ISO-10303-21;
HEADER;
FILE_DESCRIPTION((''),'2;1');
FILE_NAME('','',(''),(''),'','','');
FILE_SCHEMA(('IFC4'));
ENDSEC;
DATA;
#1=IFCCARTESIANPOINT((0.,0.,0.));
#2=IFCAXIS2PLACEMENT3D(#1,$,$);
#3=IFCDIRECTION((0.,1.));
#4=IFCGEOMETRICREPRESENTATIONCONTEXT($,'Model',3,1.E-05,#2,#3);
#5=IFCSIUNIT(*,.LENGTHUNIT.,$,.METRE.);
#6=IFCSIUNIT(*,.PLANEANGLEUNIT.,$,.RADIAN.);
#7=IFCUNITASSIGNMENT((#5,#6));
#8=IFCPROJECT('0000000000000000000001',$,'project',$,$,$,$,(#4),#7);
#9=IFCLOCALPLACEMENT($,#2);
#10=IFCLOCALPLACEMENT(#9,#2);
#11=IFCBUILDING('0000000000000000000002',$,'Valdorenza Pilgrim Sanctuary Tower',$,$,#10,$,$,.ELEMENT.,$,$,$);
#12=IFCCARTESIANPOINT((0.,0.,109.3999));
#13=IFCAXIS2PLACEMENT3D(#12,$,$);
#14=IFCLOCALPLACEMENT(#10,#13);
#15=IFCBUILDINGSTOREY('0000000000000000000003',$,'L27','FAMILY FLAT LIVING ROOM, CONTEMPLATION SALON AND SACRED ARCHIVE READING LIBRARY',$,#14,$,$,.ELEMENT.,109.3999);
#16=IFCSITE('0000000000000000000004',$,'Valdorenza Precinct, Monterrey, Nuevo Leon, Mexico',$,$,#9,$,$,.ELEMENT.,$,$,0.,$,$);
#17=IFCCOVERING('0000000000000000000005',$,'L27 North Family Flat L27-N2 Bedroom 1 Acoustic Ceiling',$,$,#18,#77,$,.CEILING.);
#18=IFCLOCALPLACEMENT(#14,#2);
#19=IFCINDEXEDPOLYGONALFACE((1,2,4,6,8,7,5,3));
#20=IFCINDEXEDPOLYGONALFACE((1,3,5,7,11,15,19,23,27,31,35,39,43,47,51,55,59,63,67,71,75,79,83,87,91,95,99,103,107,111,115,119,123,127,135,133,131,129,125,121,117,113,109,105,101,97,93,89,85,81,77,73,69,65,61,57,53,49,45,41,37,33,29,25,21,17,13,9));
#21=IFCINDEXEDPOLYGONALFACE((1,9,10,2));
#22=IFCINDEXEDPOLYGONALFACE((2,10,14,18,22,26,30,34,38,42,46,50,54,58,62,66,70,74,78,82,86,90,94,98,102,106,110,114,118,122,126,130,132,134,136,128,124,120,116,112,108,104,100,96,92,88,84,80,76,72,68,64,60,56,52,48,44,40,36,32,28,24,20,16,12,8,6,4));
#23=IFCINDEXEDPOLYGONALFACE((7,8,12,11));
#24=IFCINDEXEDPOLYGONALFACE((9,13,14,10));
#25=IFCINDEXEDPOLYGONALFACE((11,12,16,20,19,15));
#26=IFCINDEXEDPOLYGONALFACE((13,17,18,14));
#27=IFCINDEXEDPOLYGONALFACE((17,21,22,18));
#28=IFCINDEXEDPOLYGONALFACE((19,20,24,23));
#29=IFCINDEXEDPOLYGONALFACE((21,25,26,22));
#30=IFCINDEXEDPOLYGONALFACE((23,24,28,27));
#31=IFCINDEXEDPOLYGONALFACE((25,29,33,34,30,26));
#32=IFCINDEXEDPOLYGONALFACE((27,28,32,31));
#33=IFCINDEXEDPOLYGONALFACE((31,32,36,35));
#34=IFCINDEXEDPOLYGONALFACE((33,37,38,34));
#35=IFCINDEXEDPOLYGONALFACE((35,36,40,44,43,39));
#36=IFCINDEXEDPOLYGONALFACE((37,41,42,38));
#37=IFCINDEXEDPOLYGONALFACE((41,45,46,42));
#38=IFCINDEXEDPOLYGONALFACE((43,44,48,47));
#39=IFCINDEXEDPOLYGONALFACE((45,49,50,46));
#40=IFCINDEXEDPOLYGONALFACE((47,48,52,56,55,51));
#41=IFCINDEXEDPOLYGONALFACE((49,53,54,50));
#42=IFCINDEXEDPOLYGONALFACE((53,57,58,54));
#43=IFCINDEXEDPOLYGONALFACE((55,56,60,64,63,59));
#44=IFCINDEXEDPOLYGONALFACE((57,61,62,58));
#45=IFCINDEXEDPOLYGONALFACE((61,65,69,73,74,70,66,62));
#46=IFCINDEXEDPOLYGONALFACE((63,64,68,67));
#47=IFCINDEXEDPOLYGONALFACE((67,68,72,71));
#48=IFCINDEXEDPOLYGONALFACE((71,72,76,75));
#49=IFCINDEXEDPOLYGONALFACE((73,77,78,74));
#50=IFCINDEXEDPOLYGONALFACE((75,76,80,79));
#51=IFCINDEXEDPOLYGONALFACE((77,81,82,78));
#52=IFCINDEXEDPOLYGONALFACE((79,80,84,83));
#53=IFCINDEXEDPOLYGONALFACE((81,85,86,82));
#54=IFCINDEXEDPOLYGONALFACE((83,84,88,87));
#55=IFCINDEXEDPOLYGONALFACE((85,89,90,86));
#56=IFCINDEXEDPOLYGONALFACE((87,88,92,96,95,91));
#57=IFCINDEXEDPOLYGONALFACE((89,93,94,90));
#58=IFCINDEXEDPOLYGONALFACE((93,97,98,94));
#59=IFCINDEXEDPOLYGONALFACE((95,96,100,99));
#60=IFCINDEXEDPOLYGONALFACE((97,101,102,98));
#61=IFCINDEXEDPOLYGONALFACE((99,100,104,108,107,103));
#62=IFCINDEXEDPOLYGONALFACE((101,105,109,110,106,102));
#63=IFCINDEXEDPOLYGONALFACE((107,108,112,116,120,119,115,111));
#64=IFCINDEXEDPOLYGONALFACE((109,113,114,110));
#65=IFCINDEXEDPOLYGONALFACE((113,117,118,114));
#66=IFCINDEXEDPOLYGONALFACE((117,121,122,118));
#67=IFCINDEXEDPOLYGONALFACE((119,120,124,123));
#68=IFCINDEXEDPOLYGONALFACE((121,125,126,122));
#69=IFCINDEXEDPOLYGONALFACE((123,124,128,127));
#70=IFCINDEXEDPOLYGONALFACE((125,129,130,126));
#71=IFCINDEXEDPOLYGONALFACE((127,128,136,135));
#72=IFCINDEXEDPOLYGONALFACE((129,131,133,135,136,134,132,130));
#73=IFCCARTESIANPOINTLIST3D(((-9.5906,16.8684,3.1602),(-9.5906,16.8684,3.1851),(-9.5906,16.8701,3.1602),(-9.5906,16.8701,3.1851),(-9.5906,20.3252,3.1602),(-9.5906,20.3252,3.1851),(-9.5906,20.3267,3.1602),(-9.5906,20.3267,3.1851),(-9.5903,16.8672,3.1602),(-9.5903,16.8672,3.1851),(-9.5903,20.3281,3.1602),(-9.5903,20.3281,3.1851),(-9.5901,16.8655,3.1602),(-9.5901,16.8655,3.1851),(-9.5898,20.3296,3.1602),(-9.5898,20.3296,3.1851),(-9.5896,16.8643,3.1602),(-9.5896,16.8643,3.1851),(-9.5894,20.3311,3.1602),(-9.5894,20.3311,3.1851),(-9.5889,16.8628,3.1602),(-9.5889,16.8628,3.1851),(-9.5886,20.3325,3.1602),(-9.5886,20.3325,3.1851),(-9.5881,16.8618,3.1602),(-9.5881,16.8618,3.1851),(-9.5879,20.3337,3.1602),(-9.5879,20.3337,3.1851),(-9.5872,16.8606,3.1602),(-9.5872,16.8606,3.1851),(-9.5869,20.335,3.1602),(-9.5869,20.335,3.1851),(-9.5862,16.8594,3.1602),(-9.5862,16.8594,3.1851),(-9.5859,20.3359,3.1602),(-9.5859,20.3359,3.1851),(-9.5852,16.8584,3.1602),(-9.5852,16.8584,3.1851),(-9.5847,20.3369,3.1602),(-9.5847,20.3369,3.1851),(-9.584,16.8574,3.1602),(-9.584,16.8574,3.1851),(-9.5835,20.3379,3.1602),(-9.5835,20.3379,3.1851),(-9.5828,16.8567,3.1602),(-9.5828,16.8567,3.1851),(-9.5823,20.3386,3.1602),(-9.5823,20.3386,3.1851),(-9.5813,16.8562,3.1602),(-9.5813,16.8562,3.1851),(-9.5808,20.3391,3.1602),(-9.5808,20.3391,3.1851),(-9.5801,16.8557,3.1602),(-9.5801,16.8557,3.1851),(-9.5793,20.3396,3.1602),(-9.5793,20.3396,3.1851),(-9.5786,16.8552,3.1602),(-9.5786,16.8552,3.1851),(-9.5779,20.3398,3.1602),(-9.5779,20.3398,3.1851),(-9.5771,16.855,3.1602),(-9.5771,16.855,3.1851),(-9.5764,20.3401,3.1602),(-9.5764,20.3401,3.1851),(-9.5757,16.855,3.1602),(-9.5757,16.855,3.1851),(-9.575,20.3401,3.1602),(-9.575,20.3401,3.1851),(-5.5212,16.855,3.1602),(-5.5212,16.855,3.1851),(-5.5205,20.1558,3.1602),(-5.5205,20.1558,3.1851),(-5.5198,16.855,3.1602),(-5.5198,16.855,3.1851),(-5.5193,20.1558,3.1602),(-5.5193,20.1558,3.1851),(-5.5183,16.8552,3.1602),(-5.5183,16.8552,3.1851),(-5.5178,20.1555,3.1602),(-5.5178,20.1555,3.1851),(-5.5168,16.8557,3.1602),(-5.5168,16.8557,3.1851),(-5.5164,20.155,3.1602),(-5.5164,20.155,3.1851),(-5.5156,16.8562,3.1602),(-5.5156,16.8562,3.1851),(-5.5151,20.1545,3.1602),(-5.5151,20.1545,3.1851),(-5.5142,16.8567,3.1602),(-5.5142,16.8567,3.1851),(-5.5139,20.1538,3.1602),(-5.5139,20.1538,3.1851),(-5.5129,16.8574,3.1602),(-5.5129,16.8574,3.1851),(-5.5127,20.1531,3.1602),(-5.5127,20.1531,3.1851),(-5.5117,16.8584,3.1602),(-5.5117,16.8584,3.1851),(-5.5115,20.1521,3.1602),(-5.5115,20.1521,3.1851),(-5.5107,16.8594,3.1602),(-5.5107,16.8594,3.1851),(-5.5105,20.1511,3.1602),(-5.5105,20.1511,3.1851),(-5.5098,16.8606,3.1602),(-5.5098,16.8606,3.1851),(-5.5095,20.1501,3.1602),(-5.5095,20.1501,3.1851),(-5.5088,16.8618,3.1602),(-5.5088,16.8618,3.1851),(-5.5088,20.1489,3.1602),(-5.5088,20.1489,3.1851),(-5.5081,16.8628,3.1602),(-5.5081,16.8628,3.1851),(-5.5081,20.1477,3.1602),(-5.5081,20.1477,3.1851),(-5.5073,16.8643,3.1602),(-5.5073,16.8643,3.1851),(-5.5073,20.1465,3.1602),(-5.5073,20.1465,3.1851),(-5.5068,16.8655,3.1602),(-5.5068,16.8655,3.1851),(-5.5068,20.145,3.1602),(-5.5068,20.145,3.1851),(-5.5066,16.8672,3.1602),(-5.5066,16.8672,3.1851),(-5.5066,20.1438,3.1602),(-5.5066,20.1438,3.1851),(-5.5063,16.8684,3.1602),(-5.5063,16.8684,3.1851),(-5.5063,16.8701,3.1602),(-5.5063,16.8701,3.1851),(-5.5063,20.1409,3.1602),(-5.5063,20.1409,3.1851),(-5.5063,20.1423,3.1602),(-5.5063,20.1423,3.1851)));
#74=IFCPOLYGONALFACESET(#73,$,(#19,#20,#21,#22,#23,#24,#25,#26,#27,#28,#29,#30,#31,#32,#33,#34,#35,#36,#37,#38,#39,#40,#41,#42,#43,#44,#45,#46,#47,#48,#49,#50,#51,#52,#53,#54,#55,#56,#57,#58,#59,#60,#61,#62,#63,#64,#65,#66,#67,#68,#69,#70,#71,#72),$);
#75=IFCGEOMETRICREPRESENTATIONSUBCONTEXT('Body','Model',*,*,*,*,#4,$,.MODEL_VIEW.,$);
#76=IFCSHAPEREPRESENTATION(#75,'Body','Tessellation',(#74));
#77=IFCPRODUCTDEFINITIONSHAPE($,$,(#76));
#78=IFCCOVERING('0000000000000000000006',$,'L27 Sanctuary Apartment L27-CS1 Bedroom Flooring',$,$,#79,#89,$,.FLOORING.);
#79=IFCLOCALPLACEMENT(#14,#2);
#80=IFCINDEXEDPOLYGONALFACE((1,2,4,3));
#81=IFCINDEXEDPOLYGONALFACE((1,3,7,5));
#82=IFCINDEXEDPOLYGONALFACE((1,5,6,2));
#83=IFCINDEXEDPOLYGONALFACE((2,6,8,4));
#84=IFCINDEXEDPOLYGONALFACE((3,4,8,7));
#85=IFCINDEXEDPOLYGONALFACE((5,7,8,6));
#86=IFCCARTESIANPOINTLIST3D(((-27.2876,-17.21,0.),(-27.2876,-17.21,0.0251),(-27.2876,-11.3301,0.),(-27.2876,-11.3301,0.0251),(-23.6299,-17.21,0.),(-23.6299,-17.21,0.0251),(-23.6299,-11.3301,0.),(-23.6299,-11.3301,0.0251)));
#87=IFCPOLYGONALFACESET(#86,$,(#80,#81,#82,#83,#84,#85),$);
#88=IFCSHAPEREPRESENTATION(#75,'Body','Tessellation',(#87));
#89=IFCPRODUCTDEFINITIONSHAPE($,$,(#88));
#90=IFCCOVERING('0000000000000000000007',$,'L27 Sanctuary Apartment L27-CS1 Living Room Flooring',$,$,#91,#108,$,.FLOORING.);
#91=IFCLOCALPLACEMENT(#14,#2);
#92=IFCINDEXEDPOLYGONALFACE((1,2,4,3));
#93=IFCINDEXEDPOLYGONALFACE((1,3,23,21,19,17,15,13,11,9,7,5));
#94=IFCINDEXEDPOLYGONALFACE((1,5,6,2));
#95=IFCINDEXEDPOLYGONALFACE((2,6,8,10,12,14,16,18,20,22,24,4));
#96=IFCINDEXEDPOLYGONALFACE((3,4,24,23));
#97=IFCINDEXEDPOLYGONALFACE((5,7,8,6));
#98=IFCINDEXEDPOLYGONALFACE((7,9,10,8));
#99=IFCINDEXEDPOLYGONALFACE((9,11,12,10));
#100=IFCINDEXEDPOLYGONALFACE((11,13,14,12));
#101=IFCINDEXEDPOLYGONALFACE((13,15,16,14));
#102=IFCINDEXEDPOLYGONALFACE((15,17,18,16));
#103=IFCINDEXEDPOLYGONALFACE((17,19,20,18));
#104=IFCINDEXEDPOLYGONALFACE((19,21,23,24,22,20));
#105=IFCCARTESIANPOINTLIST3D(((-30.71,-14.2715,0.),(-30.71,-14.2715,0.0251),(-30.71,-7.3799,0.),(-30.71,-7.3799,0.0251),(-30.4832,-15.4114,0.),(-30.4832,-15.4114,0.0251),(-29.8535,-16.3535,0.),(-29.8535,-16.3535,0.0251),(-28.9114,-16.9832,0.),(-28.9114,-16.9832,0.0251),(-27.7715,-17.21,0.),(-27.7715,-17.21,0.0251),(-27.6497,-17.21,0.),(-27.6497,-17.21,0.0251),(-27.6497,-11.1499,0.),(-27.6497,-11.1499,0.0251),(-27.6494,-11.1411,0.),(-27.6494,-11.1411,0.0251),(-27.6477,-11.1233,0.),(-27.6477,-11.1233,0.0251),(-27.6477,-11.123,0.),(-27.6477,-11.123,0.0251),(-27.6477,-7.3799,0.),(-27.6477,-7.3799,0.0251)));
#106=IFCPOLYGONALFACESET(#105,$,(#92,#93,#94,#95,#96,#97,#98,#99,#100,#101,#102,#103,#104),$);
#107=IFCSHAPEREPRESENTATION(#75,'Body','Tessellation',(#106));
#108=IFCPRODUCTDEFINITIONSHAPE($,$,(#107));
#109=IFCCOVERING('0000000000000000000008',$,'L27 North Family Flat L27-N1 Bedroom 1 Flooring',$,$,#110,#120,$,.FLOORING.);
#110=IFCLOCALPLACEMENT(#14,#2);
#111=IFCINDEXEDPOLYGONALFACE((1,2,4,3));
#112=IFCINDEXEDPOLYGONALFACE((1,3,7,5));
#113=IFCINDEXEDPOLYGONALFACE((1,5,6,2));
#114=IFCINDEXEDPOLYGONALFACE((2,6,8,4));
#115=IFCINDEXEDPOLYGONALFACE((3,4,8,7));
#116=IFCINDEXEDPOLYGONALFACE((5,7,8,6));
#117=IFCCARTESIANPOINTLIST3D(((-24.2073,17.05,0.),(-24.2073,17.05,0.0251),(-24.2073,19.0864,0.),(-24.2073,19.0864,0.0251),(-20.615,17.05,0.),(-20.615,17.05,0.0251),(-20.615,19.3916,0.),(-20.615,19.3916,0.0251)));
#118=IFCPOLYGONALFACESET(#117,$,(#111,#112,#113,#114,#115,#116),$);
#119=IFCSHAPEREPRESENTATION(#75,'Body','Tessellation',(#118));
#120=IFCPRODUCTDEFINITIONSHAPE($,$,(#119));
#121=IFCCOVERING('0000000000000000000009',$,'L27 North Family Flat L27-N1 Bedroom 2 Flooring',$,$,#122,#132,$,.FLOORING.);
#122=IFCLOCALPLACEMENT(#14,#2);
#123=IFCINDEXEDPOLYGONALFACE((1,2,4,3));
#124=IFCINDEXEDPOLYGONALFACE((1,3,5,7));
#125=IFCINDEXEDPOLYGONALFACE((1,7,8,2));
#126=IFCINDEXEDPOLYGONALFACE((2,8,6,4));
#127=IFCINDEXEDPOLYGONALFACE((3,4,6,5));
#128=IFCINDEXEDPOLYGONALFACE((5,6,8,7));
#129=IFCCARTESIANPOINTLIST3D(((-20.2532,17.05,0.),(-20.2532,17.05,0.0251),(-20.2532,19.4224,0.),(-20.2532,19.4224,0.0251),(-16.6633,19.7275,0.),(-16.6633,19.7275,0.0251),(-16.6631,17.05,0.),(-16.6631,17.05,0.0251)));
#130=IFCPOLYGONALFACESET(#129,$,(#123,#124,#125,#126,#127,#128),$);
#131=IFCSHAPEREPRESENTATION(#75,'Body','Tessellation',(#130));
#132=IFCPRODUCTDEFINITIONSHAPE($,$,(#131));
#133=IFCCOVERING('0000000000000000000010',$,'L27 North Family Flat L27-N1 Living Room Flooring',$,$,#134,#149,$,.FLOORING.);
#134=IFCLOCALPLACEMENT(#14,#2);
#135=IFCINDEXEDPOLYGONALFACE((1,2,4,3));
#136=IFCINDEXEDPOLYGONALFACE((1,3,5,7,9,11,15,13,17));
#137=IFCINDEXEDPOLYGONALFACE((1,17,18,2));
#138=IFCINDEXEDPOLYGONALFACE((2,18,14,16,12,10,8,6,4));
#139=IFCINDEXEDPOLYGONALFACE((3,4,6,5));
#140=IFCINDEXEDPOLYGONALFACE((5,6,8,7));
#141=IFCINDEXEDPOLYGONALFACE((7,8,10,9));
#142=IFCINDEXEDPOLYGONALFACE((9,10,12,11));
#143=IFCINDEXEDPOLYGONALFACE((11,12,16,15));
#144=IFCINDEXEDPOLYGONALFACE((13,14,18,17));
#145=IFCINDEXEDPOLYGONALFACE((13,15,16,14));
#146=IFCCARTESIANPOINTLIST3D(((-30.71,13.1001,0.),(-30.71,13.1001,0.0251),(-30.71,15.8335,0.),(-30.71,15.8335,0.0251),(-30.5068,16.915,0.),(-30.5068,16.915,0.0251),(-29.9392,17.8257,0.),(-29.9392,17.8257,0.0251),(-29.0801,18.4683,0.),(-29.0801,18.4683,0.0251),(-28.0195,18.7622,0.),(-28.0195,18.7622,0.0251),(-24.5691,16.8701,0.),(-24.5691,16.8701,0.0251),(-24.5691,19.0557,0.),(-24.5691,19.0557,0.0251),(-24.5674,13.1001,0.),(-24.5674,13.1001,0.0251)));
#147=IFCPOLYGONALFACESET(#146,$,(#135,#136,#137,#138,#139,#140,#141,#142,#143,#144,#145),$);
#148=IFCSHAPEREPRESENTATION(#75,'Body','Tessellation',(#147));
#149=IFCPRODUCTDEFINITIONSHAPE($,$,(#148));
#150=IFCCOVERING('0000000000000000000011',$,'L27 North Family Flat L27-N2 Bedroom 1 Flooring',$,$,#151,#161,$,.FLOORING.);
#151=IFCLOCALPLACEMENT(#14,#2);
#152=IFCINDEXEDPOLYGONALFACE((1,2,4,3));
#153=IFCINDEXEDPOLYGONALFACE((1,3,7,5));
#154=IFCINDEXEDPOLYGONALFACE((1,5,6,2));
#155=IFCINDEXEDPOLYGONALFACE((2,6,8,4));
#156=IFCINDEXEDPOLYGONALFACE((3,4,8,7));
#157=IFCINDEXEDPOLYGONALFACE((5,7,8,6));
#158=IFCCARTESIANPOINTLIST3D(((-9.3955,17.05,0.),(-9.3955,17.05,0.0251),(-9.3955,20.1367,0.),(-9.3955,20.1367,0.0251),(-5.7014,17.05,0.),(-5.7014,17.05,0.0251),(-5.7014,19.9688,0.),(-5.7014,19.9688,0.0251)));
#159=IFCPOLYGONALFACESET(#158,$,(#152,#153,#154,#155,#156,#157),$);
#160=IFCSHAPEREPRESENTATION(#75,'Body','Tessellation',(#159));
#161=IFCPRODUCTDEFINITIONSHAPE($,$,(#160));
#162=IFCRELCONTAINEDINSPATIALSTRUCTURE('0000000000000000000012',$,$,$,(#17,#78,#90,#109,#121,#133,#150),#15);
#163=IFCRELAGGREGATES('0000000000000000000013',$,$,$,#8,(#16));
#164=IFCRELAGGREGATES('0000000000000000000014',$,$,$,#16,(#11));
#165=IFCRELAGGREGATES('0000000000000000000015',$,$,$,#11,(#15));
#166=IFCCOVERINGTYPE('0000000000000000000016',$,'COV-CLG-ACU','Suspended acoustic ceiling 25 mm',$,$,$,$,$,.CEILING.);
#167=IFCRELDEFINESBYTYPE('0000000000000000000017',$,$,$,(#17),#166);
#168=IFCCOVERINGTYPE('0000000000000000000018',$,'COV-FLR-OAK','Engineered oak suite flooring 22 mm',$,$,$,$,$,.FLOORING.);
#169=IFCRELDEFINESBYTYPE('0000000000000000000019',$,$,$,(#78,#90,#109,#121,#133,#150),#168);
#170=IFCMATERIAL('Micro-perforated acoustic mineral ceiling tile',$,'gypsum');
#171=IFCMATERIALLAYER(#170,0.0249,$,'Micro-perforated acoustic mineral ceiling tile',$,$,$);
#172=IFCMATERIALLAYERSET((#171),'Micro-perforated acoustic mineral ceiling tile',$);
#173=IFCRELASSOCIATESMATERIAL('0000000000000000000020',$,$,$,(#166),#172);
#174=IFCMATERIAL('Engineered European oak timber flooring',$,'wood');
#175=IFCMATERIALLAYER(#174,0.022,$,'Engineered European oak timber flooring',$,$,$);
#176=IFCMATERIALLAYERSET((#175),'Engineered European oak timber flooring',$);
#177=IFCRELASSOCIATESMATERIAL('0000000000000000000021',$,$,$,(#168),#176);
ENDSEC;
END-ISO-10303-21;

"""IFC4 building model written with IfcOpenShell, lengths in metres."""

from ifc_helpers import new_model, si_unit, direction, frame, origin, place, context, subcontext, project, spatial, polyline, outline, extrude, material, layer, layer_set, type_object, element, save


model = new_model("IFC4")

# Units and contexts
model_context = context("Model", 3, precision=1e-05, world=origin(), true_north=direction((0.0, 1.0)))
body_context = subcontext(model_context, "Body", "Model", "MODEL_VIEW")
ifc_project = project(units=[si_unit("LENGTHUNIT", "METRE"), si_unit("PLANEANGLEUNIT", "RADIAN")], contexts=[model_context])

# Site, building, storey
site_placement = place(None, origin())
site = spatial("IfcSite", under=ifc_project, at=site_placement, Name="Valdorenza Precinct, Monterrey, Nuevo Leon, Mexico", CompositionType="ELEMENT", RefElevation=0.0)
building_placement = place(site_placement, origin())
building = spatial("IfcBuilding", under=site, at=building_placement, Name="Valdorenza Pilgrim Sanctuary Tower", CompositionType="ELEMENT")
storey_placement = place(building_placement, frame((0.0, 0.0, 109.3999)))
storey = spatial("IfcBuildingStorey", under=building, at=storey_placement, Name="L27", Description="FAMILY FLAT LIVING ROOM, CONTEMPLATION SALON AND SACRED ARCHIVE READING LIBRARY", CompositionType="ELEMENT", Elevation=109.3999)

# Coverings
ifc_material_1 = material(Name="Micro-perforated acoustic mineral ceiling tile", Category="gypsum")
ifc_layer_1 = layer(ifc_material_1, 0.0249, Name="Micro-perforated acoustic mineral ceiling tile")
ifc_layer_set_1 = layer_set([ifc_layer_1], Name="Micro-perforated acoustic mineral ceiling tile")
covering_type_1 = type_object("IfcCoveringType", Name="COV-CLG-ACU", Description="Suspended acoustic ceiling 25 mm", PredefinedType="CEILING", material=ifc_layer_set_1)
covering_1_placement = place(storey_placement, frame((0.0, 0.0, 3.1602)))
element("IfcCovering", 1, at=covering_1_placement, inside=storey, type_object=covering_type_1, Name="L27 North Family Flat L27-N2 Bedroom 1 Acoustic Ceiling", PredefinedType="CEILING", context=body_context, shape_type="SweptSolid", body=[
    extrude(outline(polyline([(-9.5757, 16.855), (-9.5771, 16.855), (-9.5786, 16.8552), (-9.5801, 16.8557), (-9.5813, 16.8562), (-9.5828, 16.8567), (-9.584, 16.8574), (-9.5852, 16.8584), (-9.5862, 16.8594), (-9.5872, 16.8606), (-9.5881, 16.8618), (-9.5889, 16.8628), (-9.5896, 16.8643), (-9.5901, 16.8655), (-9.5903, 16.8672), (-9.5906, 16.8684), (-9.5906, 16.8701), (-9.5906, 20.3252), (-9.5906, 20.3267), (-9.5903, 20.3281), (-9.5898, 20.3296), (-9.5894, 20.3311), (-9.5886, 20.3325), (-9.5879, 20.3337), (-9.5869, 20.335), (-9.5859, 20.3359), (-9.5847, 20.3369), (-9.5835, 20.3379), (-9.5823, 20.3386), (-9.5808, 20.3391), (-9.5793, 20.3396), (-9.5779, 20.3398), (-9.5764, 20.3401), (-9.575, 20.3401), (-5.5205, 20.1558), (-5.5193, 20.1558), (-5.5178, 20.1555), (-5.5164, 20.155), (-5.5151, 20.1545), (-5.5139, 20.1538), (-5.5127, 20.1531), (-5.5115, 20.1521), (-5.5105, 20.1511), (-5.5095, 20.1501), (-5.5088, 20.1489), (-5.5081, 20.1477), (-5.5073, 20.1465), (-5.5068, 20.145), (-5.5066, 20.1438), (-5.5063, 20.1423), (-5.5063, 20.1409), (-5.5063, 16.8701), (-5.5063, 16.8684), (-5.5066, 16.8672), (-5.5068, 16.8655), (-5.5073, 16.8643), (-5.5081, 16.8628), (-5.5088, 16.8618), (-5.5098, 16.8606), (-5.5107, 16.8594), (-5.5117, 16.8584), (-5.5129, 16.8574), (-5.5142, 16.8567), (-5.5156, 16.8562), (-5.5168, 16.8557), (-5.5183, 16.8552), (-5.5198, 16.855), (-5.5212, 16.855), (-9.5757, 16.855)])), origin(), (0.0, 0.0, 1.0), 0.0249),
])
ifc_material_2 = material(Name="Engineered European oak timber flooring", Category="wood")
ifc_layer_2 = layer(ifc_material_2, 0.022, Name="Engineered European oak timber flooring")
ifc_layer_set_2 = layer_set([ifc_layer_2], Name="Engineered European oak timber flooring")
covering_type_2 = type_object("IfcCoveringType", Name="COV-FLR-OAK", Description="Engineered oak suite flooring 22 mm", PredefinedType="FLOORING", material=ifc_layer_set_2)
covering_2_placement = place(storey_placement, origin())
element("IfcCovering", 2, at=covering_2_placement, inside=storey, type_object=covering_type_2, Name="L27 Sanctuary Apartment L27-CS1 Bedroom Flooring", PredefinedType="FLOORING", context=body_context, shape_type="SweptSolid", body=[
    extrude(outline(polyline([(-27.2876, -11.3301), (-23.6299, -11.3301), (-23.6299, -17.21), (-27.2876, -17.21), (-27.2876, -11.3301)])), origin(), (0.0, 0.0, 1.0), 0.0251),
])
covering_3_placement = place(storey_placement, origin())
element("IfcCovering", 3, at=covering_3_placement, inside=storey, type_object=covering_type_2, Name="L27 Sanctuary Apartment L27-CS1 Living Room Flooring", PredefinedType="FLOORING", context=body_context, shape_type="SweptSolid", body=[
    extrude(outline(polyline([(-28.9114, -16.9832), (-29.8535, -16.3535), (-30.4832, -15.4114), (-30.71, -14.2715), (-30.71, -7.3799), (-27.6477, -7.3799), (-27.6477, -11.123), (-27.6477, -11.1233), (-27.6477, -11.1233), (-27.6494, -11.1411), (-27.6494, -11.1411), (-27.6497, -11.1499), (-27.6497, -17.21), (-27.7715, -17.21), (-28.9114, -16.9832)])), origin(), (0.0, 0.0, 1.0), 0.0251),
])
covering_4_placement = place(storey_placement, origin())
element("IfcCovering", 4, at=covering_4_placement, inside=storey, type_object=covering_type_2, Name="L27 North Family Flat L27-N1 Bedroom 1 Flooring", PredefinedType="FLOORING", context=body_context, shape_type="SweptSolid", body=[
    extrude(outline(polyline([(-24.2073, 17.05), (-24.2073, 19.0864), (-20.615, 19.3916), (-20.615, 17.05), (-24.2073, 17.05)])), origin(), (0.0, 0.0, 1.0), 0.0251),
])
covering_5_placement = place(storey_placement, origin())
element("IfcCovering", 5, at=covering_5_placement, inside=storey, type_object=covering_type_2, Name="L27 North Family Flat L27-N1 Bedroom 2 Flooring", PredefinedType="FLOORING", context=body_context, shape_type="SweptSolid", body=[
    extrude(outline(polyline([(-16.6631, 17.05), (-20.2532, 17.05), (-20.2532, 19.4224), (-16.6633, 19.7275), (-16.6631, 17.05)])), origin(), (0.0, 0.0, 1.0), 0.0251),
])
covering_6_placement = place(storey_placement, origin())
element("IfcCovering", 6, at=covering_6_placement, inside=storey, type_object=covering_type_2, Name="L27 North Family Flat L27-N1 Living Room Flooring", PredefinedType="FLOORING", context=body_context, shape_type="SweptSolid", body=[
    extrude(outline(polyline([(-30.71, 13.1001), (-30.71, 15.8335), (-30.5068, 16.915), (-29.9392, 17.8257), (-29.0801, 18.4683), (-28.0195, 18.7622), (-24.5691, 19.0557), (-24.5691, 16.8701), (-24.5674, 13.1001), (-30.71, 13.1001)])), origin(), (0.0, 0.0, 1.0), 0.0251),
])
covering_7_placement = place(storey_placement, origin())
element("IfcCovering", 7, at=covering_7_placement, inside=storey, type_object=covering_type_2, Name="L27 North Family Flat L27-N2 Bedroom 1 Flooring", PredefinedType="FLOORING", context=body_context, shape_type="SweptSolid", body=[
    extrude(outline(polyline([(-9.3955, 17.05), (-9.3955, 20.1367), (-5.7014, 19.9688), (-5.7014, 17.05), (-9.3955, 17.05)])), origin(), (0.0, 0.0, 1.0), 0.0251),
])

save(model, "model.ifc")
